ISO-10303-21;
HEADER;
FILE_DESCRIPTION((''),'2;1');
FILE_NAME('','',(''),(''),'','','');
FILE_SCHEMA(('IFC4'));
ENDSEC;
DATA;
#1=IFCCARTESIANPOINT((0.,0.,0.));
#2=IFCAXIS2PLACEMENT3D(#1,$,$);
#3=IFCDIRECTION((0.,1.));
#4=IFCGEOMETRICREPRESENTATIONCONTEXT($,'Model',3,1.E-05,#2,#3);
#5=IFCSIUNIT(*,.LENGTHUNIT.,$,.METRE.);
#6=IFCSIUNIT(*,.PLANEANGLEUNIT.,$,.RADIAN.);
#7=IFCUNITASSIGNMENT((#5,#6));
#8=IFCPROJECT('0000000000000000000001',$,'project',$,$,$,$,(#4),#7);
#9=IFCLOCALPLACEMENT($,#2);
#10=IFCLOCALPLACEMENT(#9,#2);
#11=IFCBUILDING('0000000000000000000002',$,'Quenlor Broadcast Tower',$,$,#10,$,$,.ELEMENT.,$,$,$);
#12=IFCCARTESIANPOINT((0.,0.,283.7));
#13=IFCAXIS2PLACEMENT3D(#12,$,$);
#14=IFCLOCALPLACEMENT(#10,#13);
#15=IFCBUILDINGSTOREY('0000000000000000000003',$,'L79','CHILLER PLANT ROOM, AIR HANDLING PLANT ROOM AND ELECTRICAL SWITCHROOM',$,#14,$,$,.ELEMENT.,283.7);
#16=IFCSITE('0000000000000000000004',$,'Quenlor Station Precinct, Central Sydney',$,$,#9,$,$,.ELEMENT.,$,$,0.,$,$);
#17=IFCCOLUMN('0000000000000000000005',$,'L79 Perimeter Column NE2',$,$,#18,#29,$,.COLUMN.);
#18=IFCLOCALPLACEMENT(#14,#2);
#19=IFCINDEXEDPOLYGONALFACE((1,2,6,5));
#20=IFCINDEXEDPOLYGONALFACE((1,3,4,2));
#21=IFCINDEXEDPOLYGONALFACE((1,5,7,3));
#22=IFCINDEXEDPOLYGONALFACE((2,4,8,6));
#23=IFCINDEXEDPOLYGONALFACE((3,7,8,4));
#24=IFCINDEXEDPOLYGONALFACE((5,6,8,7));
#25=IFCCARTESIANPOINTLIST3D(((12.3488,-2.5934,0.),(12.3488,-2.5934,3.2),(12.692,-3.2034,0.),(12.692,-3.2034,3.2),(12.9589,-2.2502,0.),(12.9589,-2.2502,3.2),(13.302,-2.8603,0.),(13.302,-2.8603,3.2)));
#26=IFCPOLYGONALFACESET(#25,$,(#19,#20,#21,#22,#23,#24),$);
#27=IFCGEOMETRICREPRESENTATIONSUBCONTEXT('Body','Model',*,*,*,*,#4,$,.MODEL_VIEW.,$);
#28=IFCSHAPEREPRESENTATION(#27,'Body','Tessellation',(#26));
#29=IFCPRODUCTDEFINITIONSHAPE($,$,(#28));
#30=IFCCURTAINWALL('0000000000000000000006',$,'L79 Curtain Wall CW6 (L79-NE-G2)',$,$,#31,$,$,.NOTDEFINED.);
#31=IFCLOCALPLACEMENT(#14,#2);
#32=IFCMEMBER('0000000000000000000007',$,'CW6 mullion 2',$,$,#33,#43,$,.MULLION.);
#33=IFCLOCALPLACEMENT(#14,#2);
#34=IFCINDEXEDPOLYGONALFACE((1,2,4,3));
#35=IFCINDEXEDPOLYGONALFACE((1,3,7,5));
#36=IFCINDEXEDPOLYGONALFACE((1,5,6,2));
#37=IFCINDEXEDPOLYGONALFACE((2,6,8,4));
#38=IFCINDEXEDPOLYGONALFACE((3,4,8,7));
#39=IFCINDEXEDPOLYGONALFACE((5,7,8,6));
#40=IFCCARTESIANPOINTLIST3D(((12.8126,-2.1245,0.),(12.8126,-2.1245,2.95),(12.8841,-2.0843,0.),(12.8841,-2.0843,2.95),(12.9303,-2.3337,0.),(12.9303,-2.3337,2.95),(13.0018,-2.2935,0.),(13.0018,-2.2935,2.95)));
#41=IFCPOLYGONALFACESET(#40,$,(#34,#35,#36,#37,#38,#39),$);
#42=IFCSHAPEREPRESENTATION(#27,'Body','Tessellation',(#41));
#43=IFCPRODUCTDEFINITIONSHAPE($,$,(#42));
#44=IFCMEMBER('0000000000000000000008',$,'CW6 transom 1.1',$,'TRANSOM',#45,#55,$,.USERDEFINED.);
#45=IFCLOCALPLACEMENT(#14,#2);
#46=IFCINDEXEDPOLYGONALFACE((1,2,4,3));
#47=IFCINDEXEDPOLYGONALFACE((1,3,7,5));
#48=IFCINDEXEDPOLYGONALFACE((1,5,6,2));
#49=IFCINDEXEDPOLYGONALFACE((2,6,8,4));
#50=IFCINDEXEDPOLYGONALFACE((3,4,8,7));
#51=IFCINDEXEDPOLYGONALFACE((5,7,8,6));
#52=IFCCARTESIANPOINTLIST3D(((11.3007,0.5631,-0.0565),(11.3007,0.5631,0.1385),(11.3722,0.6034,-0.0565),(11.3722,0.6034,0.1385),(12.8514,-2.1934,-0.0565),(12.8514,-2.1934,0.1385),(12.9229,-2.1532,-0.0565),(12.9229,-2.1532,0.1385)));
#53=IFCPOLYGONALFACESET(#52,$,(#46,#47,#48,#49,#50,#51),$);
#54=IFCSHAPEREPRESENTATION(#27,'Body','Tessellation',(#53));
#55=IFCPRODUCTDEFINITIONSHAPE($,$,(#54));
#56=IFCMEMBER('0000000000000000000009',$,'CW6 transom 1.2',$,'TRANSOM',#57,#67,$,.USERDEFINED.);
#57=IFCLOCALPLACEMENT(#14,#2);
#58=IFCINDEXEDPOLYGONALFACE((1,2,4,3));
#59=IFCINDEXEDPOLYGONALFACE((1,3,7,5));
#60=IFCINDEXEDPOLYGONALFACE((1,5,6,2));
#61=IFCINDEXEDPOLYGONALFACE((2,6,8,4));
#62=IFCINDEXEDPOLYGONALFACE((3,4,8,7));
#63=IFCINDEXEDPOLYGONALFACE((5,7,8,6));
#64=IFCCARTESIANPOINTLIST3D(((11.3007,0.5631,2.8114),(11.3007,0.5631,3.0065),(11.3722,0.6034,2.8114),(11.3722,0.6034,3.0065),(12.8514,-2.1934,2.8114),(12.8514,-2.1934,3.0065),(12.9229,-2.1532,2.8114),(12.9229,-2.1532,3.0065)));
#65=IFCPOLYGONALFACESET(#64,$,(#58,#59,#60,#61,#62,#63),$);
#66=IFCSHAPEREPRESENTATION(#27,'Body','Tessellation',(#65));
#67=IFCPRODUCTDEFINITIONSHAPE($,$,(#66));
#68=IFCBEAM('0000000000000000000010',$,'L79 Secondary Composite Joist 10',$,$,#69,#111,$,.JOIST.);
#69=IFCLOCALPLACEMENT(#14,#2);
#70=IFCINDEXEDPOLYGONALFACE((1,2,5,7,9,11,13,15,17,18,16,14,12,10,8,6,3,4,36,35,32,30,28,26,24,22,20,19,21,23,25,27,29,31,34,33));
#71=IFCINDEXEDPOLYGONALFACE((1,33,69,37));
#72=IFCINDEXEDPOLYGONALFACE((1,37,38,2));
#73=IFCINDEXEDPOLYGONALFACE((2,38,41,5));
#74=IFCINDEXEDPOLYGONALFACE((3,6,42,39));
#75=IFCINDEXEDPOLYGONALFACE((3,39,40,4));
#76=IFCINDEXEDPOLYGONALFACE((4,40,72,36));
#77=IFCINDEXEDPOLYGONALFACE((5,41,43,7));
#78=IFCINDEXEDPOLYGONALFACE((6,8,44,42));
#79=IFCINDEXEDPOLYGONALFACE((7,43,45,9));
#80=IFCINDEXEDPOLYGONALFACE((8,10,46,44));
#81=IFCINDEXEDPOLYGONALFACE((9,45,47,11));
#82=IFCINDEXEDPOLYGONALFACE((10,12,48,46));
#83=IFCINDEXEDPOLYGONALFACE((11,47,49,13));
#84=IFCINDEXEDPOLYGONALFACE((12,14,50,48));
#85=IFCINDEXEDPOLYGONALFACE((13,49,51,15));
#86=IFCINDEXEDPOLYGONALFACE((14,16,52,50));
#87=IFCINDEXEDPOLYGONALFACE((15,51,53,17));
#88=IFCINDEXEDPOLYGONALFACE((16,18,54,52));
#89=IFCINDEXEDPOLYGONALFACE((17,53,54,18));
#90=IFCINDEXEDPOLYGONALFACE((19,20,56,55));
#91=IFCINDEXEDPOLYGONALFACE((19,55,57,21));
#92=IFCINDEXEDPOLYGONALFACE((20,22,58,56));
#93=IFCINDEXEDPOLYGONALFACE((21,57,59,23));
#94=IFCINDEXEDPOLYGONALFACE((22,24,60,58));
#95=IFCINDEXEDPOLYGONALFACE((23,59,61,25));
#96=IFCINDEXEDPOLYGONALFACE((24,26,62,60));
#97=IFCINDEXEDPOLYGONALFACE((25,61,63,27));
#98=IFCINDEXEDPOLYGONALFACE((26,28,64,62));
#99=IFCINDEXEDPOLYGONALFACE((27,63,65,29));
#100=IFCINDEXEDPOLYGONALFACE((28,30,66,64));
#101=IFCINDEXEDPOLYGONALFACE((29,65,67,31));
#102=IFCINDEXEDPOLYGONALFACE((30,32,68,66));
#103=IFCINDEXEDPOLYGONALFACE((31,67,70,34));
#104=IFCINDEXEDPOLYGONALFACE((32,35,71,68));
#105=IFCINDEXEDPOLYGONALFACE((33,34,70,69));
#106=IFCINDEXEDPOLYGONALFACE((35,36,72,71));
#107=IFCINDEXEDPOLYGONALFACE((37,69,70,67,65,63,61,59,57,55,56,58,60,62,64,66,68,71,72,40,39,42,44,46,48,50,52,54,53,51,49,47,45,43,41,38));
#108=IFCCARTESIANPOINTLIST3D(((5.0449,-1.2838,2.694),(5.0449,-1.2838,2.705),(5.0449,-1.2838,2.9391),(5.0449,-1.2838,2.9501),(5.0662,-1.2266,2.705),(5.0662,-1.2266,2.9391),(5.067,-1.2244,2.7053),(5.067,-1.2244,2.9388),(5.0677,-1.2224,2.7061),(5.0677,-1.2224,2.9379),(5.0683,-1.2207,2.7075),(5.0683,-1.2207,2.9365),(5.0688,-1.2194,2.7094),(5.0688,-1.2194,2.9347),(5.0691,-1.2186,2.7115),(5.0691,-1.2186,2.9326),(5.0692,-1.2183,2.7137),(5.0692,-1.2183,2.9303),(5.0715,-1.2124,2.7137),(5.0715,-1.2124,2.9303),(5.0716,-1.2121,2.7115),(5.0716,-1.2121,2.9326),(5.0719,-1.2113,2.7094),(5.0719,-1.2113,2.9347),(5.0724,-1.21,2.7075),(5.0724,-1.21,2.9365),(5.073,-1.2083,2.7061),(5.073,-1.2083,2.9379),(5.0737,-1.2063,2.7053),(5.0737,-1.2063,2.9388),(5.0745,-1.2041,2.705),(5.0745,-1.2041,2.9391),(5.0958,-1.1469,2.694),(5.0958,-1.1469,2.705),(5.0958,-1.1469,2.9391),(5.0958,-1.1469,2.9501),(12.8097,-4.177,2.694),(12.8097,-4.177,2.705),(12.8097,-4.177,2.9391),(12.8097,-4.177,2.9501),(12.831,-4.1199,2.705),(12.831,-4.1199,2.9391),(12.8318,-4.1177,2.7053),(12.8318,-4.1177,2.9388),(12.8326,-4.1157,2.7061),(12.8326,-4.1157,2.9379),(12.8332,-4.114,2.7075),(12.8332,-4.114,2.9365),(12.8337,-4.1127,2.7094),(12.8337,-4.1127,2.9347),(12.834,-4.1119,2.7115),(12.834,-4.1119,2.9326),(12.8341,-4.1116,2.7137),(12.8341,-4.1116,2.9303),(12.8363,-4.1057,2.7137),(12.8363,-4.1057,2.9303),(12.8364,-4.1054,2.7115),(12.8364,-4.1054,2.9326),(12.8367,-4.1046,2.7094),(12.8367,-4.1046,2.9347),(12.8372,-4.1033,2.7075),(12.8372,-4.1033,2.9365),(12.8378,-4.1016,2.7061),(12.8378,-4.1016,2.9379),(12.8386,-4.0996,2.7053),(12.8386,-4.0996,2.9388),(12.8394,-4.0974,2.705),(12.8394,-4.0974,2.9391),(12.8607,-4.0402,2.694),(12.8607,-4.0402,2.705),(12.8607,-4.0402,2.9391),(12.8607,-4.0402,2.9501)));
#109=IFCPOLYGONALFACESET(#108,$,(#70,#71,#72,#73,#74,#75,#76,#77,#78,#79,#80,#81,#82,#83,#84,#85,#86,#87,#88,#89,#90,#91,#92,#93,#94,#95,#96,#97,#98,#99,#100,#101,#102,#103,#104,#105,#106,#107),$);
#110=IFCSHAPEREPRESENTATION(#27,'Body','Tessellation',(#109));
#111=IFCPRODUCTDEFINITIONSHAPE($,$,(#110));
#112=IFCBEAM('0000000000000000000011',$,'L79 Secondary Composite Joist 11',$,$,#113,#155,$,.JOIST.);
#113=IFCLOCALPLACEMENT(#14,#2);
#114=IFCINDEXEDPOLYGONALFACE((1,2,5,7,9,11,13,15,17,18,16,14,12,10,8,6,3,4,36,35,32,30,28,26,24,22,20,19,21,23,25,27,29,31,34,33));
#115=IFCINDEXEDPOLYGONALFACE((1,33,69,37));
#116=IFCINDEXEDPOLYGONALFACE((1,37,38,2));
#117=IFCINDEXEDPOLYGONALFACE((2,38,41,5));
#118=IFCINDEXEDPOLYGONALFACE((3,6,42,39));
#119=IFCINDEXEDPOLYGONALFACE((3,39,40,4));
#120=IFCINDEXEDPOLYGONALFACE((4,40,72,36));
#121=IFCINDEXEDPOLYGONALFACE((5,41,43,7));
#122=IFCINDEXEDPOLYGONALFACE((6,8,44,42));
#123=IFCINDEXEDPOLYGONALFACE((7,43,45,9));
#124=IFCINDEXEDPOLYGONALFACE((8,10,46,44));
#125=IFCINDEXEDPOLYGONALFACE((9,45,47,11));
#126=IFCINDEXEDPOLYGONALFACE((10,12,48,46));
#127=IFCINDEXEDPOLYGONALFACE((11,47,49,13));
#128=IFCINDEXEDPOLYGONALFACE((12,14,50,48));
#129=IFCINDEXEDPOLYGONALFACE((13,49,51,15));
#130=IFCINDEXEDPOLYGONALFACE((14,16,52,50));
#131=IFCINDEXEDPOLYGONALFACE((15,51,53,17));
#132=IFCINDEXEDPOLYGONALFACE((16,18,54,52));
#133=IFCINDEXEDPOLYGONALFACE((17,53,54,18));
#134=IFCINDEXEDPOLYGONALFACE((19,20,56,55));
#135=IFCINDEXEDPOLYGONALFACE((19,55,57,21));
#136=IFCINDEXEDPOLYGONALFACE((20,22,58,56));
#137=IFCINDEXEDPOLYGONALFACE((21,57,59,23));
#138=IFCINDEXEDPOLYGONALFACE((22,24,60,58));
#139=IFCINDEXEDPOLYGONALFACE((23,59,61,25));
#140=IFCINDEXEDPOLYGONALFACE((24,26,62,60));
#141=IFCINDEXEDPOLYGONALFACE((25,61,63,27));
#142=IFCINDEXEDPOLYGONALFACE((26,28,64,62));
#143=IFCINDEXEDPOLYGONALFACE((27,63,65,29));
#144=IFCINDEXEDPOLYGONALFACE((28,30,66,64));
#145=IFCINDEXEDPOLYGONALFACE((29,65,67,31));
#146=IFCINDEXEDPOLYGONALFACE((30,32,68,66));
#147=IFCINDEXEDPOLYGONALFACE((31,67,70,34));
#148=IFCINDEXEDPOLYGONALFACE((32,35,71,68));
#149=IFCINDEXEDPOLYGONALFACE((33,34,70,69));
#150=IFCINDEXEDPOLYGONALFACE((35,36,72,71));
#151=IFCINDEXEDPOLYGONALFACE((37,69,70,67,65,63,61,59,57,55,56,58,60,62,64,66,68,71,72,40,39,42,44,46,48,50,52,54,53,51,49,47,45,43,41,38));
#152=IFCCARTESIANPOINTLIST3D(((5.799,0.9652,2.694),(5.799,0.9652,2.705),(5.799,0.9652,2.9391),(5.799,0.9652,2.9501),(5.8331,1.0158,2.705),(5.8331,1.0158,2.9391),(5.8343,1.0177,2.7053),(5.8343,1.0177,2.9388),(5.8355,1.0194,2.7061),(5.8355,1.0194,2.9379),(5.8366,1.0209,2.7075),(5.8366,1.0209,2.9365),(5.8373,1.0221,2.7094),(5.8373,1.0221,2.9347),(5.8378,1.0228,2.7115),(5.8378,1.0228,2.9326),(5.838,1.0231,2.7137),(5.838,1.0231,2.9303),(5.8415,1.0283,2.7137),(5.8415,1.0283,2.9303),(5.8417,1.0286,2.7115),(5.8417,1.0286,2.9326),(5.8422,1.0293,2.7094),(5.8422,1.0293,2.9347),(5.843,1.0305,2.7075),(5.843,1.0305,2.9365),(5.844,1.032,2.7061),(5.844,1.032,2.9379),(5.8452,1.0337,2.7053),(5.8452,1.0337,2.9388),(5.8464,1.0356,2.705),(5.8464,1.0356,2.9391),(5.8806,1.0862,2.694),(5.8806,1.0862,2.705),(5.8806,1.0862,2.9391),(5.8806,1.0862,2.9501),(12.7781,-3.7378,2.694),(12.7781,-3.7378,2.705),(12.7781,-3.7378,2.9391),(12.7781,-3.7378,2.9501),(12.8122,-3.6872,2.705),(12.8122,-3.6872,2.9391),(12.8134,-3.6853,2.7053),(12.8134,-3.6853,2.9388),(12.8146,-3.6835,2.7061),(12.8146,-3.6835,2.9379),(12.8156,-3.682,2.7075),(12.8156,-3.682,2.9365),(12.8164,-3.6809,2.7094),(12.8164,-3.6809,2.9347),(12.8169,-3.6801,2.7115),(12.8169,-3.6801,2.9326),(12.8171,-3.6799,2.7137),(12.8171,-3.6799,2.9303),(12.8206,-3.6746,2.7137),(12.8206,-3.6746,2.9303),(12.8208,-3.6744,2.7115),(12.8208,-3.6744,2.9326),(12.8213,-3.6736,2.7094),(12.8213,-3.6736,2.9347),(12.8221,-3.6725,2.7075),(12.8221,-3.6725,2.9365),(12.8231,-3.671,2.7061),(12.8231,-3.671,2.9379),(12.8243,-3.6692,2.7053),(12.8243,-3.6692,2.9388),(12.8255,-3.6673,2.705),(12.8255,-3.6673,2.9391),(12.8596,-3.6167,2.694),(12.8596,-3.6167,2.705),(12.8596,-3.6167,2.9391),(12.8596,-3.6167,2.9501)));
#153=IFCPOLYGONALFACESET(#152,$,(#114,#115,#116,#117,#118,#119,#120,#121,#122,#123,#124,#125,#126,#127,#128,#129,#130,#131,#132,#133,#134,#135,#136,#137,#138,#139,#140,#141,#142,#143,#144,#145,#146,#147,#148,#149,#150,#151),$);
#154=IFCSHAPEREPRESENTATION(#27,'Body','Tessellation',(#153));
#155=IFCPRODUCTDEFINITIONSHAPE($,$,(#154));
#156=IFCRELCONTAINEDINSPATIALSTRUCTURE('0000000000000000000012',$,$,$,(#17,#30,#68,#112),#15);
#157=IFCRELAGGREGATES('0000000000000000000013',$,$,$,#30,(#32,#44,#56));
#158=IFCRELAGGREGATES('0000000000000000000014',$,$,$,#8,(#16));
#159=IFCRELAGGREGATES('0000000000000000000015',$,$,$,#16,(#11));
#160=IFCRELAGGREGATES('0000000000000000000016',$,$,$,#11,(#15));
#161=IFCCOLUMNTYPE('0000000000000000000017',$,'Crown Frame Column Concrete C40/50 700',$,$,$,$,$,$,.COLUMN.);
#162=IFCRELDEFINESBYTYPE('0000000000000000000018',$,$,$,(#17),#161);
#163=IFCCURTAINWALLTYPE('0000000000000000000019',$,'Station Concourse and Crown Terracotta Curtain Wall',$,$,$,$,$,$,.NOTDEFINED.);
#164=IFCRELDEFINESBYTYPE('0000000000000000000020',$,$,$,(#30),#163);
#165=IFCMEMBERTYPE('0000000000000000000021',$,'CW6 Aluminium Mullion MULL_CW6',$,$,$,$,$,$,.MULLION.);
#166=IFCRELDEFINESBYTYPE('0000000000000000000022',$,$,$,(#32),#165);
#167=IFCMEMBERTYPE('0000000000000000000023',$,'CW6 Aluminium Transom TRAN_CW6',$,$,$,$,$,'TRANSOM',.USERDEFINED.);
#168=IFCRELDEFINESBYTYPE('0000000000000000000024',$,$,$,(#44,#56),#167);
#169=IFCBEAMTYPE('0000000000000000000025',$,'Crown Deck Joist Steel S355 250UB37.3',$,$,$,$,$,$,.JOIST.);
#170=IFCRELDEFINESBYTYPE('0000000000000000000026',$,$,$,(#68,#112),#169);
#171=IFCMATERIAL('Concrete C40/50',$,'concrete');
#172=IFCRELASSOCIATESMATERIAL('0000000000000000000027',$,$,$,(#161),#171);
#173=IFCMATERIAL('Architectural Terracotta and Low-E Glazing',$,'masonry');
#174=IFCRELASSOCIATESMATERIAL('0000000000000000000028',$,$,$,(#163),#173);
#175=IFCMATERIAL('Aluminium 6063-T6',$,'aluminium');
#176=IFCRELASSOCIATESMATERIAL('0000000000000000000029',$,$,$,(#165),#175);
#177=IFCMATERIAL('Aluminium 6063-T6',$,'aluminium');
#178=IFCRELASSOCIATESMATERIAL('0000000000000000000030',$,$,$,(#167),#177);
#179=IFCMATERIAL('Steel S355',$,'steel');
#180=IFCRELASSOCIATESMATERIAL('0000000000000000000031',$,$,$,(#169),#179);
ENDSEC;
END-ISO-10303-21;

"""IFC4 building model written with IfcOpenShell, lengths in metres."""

from ifc_helpers import new_model, si_unit, direction, frame, origin, origin_2d, place, context, subcontext, project, spatial, rectangle, i_section, extrude, material, material_profile, profile_set, type_object, element, aggregate, save


model = new_model("IFC4")

# Units and contexts
model_context = context("Model", 3, precision=1e-05, world=origin(), true_north=direction((0.0, 1.0)))
body_context = subcontext(model_context, "Body", "Model", "MODEL_VIEW")
ifc_project = project(units=[si_unit("LENGTHUNIT", "METRE"), si_unit("PLANEANGLEUNIT", "RADIAN")], contexts=[model_context])

# Site, building, storey
site_placement = place(None, origin())
site = spatial("IfcSite", under=ifc_project, at=site_placement, Name="Quenlor Station Precinct, Central Sydney", CompositionType="ELEMENT", RefElevation=0.0)
building_placement = place(site_placement, origin())
building = spatial("IfcBuilding", under=site, at=building_placement, Name="Quenlor Broadcast Tower", CompositionType="ELEMENT")
storey_placement = place(building_placement, frame((0.0, 0.0, 283.7)))
storey = spatial("IfcBuildingStorey", under=building, at=storey_placement, Name="L79", Description="CHILLER PLANT ROOM, AIR HANDLING PLANT ROOM AND ELECTRICAL SWITCHROOM", CompositionType="ELEMENT", Elevation=283.7)

# Column
ifc_material_1 = material(Name="Concrete C40/50", Category="concrete")
ifc_material_profile_1 = material_profile(ifc_material_1, rectangle(XDim=0.7, YDim=0.7, at=origin_2d()))
ifc_profile_set_1 = profile_set([ifc_material_profile_1], Name="Concrete C40/50 RC700x700")
column_type = type_object("IfcColumnType", Name="Crown Frame Column Concrete C40/50 700", PredefinedType="COLUMN", material=ifc_profile_set_1)
column_placement = place(storey_placement, frame((12.8254, -2.7268, 0.0), z_axis=(0.0, 0.0, 1.0), x_axis=(0.871575, 0.490262, 0.0)))
element("IfcColumn", 1, at=column_placement, inside=storey, type_object=column_type, Name="L79 Perimeter Column NE2", PredefinedType="COLUMN", context=body_context, shape_type="SweptSolid", body=[
    extrude(rectangle(XDim=0.7, YDim=0.7, at=origin_2d()), origin(), (0.0, 0.0, 1.0), 3.2),
])

# Curtain wall, members
ifc_material_2 = material(Name="Architectural Terracotta and Low-E Glazing", Category="masonry")
curtain_wall_type = type_object("IfcCurtainWallType", Name="Station Concourse and Crown Terracotta Curtain Wall", PredefinedType="NOTDEFINED", material=ifc_material_2)
curtain_wall_placement = place(storey_placement, origin())
curtain_wall = element("IfcCurtainWall", 2, at=curtain_wall_placement, inside=storey, type_object=curtain_wall_type, Name="L79 Curtain Wall CW6 (L79-NE-G2)", PredefinedType="NOTDEFINED")
ifc_material_3 = material(Name="Aluminium 6063-T6", Category="aluminium")
ifc_material_profile_2 = material_profile(ifc_material_3, rectangle(XDim=0.082, YDim=0.24, at=origin_2d()))
ifc_profile_set_2 = profile_set([ifc_material_profile_2], Name="Aluminium 6063-T6 MULL82x240")
member_type_1 = type_object("IfcMemberType", Name="CW6 Aluminium Mullion MULL_CW6", PredefinedType="MULLION", material=ifc_profile_set_2)
member_1_placement = place(storey_placement, frame((12.9072, -2.209, 0.0), z_axis=(0.0, 0.0, 1.0), x_axis=(0.871572, 0.490268, 0.0)))
member_1 = element("IfcMember", 3, at=member_1_placement, type_object=member_type_1, Name="CW6 mullion 2", PredefinedType="MULLION", context=body_context, shape_type="SweptSolid", body=[
    extrude(rectangle(XDim=0.082, YDim=0.24, at=origin_2d()), origin(), (0.0, 0.0, 1.0), 2.95),
])
ifc_material_4 = material(Name="Aluminium 6063-T6", Category="aluminium")
ifc_material_profile_3 = material_profile(ifc_material_4, rectangle(XDim=0.082, YDim=0.1951, at=origin_2d()))
ifc_profile_set_3 = profile_set([ifc_material_profile_3], Name="Aluminium 6063-T6 TRAN82x195")
member_type_2 = type_object("IfcMemberType", Name="CW6 Aluminium Transom TRAN_CW6", ElementType="TRANSOM", PredefinedType="USERDEFINED", material=ifc_profile_set_3)
member_2_placement = place(storey_placement, frame((11.3364, 0.5833, 0.041), z_axis=(0.490309, -0.871549, 0.0), x_axis=(0.871549, 0.490309, 0.0)))
member_2 = element("IfcMember", 4, at=member_2_placement, type_object=member_type_2, Name="CW6 transom 1.1", ObjectType="TRANSOM", PredefinedType="USERDEFINED", context=body_context, shape_type="SweptSolid", body=[
    extrude(rectangle(XDim=0.082, YDim=0.1951, at=origin_2d()), origin(), (0.0, 0.0, 1.0), 3.1628),
])
member_3_placement = place(storey_placement, frame((11.3364, 0.5833, 2.9089), z_axis=(0.490309, -0.871549, 0.0), x_axis=(0.871549, 0.490309, 0.0)))
member_3 = element("IfcMember", 5, at=member_3_placement, type_object=member_type_2, Name="CW6 transom 1.2", ObjectType="TRANSOM", PredefinedType="USERDEFINED", context=body_context, shape_type="SweptSolid", body=[
    extrude(rectangle(XDim=0.082, YDim=0.1951, at=origin_2d()), origin(), (0.0, 0.0, 1.0), 3.1628),
])

# Beams
ifc_material_5 = material(Name="Steel S355", Category="steel")
ifc_material_profile_4 = material_profile(ifc_material_5, i_section(OverallWidth=0.146, OverallDepth=0.2561, WebThickness=0.0063, FlangeThickness=0.011, FilletRadius=0.0088, at=origin_2d()))
ifc_profile_set_4 = profile_set([ifc_material_profile_4], Name="Steel S355 250UB37.3")
beam_type_1 = type_object("IfcBeamType", Name="Crown Deck Joist Steel S355 250UB37.3", PredefinedType="JOIST", material=ifc_profile_set_4)
beam_1_placement = place(storey_placement, frame((12.8352, -4.1086, 2.822), z_axis=(-0.937062, 0.349163, 0.0), x_axis=(-0.349163, -0.937062, 0.0)))
element("IfcBeam", 6, at=beam_1_placement, inside=storey, type_object=beam_type_1, Name="L79 Secondary Composite Joist 10", PredefinedType="JOIST", context=body_context, shape_type="SweptSolid", body=[
    extrude(i_section(OverallWidth=0.146, OverallDepth=0.2561, WebThickness=0.0063, FlangeThickness=0.011, FilletRadius=0.0088, at=origin_2d()), origin(), (0.0, 0.0, 1.0), 8.2864),
])
beam_2_placement = place(storey_placement, frame((12.8188, -3.6772, 2.822), z_axis=(-0.829286, 0.558824, 0.0), x_axis=(-0.558824, -0.829286, 0.0)))
element("IfcBeam", 7, at=beam_2_placement, inside=storey, type_object=beam_type_1, Name="L79 Secondary Composite Joist 11", PredefinedType="JOIST", context=body_context, shape_type="SweptSolid", body=[
    extrude(i_section(OverallWidth=0.146, OverallDepth=0.2561, WebThickness=0.0063, FlangeThickness=0.011, FilletRadius=0.0088, at=origin_2d()), origin(), (0.0, 0.0, 1.0), 8.4158),
])

aggregate(curtain_wall, [member_1, member_2, member_3])

save(model, "model.ifc")
